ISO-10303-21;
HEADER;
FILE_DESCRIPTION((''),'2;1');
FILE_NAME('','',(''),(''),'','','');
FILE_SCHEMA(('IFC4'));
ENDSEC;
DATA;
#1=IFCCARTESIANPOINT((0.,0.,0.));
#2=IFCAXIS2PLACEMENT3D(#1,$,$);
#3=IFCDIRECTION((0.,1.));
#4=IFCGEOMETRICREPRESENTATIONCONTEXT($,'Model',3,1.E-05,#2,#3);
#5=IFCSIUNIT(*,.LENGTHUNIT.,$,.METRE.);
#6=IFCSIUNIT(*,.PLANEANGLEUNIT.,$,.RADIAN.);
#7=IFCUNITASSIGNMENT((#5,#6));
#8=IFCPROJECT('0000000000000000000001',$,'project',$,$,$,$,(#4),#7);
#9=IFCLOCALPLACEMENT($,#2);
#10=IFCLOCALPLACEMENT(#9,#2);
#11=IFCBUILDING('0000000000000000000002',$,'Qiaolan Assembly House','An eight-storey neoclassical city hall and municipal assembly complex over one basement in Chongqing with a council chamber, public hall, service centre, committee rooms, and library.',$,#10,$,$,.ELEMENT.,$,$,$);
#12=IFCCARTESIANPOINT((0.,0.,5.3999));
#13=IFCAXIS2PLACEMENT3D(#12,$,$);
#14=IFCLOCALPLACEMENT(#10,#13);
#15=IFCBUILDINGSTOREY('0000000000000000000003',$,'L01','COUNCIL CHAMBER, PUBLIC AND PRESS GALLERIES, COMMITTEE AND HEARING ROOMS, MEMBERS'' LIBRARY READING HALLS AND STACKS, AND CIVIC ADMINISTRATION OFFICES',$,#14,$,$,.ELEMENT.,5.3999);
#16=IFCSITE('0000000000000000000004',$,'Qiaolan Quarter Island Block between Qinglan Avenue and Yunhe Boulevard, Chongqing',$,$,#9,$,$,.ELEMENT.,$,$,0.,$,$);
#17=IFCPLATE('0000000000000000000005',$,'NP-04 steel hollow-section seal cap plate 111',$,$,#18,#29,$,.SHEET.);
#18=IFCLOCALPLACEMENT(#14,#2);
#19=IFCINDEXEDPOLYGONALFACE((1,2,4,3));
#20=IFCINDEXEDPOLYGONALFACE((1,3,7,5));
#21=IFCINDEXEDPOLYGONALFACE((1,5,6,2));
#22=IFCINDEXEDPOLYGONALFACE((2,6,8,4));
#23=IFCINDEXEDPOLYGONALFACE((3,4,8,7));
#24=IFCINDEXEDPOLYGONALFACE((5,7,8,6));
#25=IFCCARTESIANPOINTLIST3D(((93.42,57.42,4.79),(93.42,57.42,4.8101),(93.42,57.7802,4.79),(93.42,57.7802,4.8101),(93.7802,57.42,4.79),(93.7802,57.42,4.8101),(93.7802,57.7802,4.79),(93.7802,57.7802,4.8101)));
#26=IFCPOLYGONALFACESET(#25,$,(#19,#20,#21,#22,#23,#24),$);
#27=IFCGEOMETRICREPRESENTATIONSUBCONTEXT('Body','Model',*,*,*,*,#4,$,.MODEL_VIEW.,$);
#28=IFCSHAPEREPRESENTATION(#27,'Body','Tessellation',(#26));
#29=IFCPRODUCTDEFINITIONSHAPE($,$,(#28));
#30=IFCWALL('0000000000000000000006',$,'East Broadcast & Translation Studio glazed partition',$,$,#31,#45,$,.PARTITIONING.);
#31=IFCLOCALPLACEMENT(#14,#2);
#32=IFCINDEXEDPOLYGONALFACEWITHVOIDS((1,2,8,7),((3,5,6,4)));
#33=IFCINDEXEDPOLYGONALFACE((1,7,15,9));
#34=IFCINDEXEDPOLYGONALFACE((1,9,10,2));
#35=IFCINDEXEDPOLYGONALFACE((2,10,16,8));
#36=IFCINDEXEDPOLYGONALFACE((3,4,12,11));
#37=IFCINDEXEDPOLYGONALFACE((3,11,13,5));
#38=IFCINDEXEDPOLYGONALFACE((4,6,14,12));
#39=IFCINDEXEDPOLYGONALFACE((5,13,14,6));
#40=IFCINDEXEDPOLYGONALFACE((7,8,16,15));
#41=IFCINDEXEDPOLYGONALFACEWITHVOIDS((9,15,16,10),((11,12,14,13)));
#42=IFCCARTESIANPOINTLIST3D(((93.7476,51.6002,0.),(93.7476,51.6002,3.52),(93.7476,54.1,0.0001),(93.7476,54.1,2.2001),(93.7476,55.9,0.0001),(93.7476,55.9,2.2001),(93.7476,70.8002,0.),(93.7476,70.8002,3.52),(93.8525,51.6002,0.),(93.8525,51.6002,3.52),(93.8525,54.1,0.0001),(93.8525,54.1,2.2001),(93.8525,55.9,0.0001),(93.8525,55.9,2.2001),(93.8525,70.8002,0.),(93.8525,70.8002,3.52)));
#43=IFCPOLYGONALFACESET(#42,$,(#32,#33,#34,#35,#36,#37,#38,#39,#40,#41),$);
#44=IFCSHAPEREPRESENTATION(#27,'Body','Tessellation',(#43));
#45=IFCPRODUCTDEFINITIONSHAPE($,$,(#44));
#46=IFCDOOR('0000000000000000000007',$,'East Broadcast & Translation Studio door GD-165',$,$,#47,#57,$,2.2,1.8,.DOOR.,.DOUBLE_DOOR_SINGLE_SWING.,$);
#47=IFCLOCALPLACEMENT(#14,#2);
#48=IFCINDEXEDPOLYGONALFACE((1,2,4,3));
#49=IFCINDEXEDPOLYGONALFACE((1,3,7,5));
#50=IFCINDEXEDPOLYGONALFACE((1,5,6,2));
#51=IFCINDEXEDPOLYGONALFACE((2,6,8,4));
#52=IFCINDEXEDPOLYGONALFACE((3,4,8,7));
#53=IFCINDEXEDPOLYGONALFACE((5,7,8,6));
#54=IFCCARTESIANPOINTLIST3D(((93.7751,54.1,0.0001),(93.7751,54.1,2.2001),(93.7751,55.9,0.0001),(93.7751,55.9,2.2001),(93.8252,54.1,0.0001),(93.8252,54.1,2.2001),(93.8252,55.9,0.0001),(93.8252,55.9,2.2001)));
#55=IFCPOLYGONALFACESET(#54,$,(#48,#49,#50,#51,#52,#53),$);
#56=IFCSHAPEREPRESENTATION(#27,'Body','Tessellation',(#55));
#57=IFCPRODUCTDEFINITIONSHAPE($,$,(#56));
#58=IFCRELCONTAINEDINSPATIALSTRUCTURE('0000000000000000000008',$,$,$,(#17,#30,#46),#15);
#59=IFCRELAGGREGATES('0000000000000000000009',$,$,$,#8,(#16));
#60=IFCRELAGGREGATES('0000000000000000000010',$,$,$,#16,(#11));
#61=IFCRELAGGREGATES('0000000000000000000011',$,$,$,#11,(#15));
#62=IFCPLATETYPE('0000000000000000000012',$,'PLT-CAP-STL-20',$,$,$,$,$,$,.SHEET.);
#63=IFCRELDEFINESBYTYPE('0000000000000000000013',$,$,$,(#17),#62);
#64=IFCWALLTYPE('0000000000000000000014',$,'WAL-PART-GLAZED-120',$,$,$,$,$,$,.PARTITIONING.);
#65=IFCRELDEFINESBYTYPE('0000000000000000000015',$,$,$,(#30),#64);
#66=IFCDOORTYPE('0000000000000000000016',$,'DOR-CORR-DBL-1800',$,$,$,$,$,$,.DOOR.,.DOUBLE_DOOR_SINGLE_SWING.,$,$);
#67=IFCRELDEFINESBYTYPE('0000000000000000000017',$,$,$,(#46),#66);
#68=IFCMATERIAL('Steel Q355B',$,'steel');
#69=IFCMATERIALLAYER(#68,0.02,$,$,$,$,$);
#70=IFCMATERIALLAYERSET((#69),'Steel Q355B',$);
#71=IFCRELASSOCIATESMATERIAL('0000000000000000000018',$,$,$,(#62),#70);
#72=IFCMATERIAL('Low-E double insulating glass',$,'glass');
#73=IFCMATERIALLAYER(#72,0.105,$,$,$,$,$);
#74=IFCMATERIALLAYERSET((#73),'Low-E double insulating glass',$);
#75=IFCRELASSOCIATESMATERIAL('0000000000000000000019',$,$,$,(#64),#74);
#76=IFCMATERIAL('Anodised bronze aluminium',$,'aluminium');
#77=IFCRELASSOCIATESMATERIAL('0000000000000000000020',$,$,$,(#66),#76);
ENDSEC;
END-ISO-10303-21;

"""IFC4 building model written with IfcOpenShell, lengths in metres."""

from ifc_helpers import new_model, si_unit, direction, frame, frame_2d, origin, origin_2d, place, context, subcontext, project, spatial, rectangle, extrude, material, layer, layer_set, type_object, element, fill, save


model = new_model("IFC4")

# Units and contexts
model_context = context("Model", 3, precision=1e-05, world=origin(), true_north=direction((0.0, 1.0)))
body_context = subcontext(model_context, "Body", "Model", "MODEL_VIEW")
ifc_project = project(units=[si_unit("LENGTHUNIT", "METRE"), si_unit("PLANEANGLEUNIT", "RADIAN")], contexts=[model_context])

# Site, building, storey
site_placement = place(None, origin())
site = spatial("IfcSite", under=ifc_project, at=site_placement, Name="Qiaolan Quarter Island Block between Qinglan Avenue and Yunhe Boulevard, Chongqing", CompositionType="ELEMENT", RefElevation=0.0)
building_placement = place(site_placement, origin())
building = spatial("IfcBuilding", under=site, at=building_placement, Name="Qiaolan Assembly House", Description="An eight-storey neoclassical city hall and municipal assembly complex over one basement in Chongqing with a council chamber, public hall, service centre, committee rooms, and library.", CompositionType="ELEMENT")
storey_placement = place(building_placement, frame((0.0, 0.0, 5.3999)))
storey = spatial("IfcBuildingStorey", under=building, at=storey_placement, Name="L01", Description="COUNCIL CHAMBER, PUBLIC AND PRESS GALLERIES, COMMITTEE AND HEARING ROOMS, MEMBERS' LIBRARY READING HALLS AND STACKS, AND CIVIC ADMINISTRATION OFFICES", CompositionType="ELEMENT", Elevation=5.3999)

# Shared definitions
ifc_material_1 = material(Name="Steel Q355B", Category="steel")

# Plate
ifc_layer_1 = layer(ifc_material_1, 0.02)
ifc_layer_set_1 = layer_set([ifc_layer_1], Name="Steel Q355B")
plate_type = type_object("IfcPlateType", Name="PLT-CAP-STL-20", PredefinedType="SHEET", material=ifc_layer_set_1)
for number, where, z_axis, x_axis, name in (
    (1, (93.6001, 57.6001, 4.79), (0.0, 0.0, 1.0), (1.0, 0.0, 0.0), "NP-04 steel hollow-section seal cap plate 111"),
):
    element("IfcPlate", number, at=place(storey_placement, frame(where, z_axis=z_axis, x_axis=x_axis)), inside=storey, type_object=plate_type, Name=name, PredefinedType="SHEET", context=body_context, shape_type="SweptSolid", body=[
        extrude(rectangle(XDim=0.3601, YDim=0.3601, at=origin_2d()), origin(), (0.0, 0.0, 1.0), 0.02),
    ])

# Wall, opening, door
ifc_material_2 = material(Name="Low-E double insulating glass", Category="glass")
ifc_layer_2 = layer(ifc_material_2, 0.105)
ifc_layer_set_2 = layer_set([ifc_layer_2], Name="Low-E double insulating glass")
wall_type = type_object("IfcWallType", Name="WAL-PART-GLAZED-120", PredefinedType="PARTITIONING", material=ifc_layer_set_2)
wall_placement = place(storey_placement, frame((93.8, 51.6001, 0.0), z_axis=(0.0, 0.0, 1.0), x_axis=(0.0, 1.0, 0.0)))
wall = element("IfcWall", 2, at=wall_placement, inside=storey, type_object=wall_type, Name="East Broadcast & Translation Studio glazed partition", PredefinedType="PARTITIONING", context=body_context, shape_type="SweptSolid", body=[
    extrude(rectangle(XDim=19.2, YDim=0.105, at=frame_2d((9.6001, 0.0))), origin(), (0.0, 0.0, 1.0), 3.52),
])
opening_placement = place(wall_placement, frame((2.5, 0.0, 0.0)))
opening = element("IfcOpeningElement", 3, at=opening_placement, cuts=wall, PredefinedType="OPENING", context=body_context, shape_type="SweptSolid", body=[
    extrude(rectangle(XDim=1.8, YDim=2.2, at=frame_2d((0.8999, 1.1001))), frame((0.0, 0.0625, 0.0), z_axis=(0.0, -1.0, 0.0), x_axis=(1.0, 0.0, 0.0)), (0.0, 0.0, 1.0), 0.125),
])
ifc_material_3 = material(Name="Anodised bronze aluminium", Category="aluminium")
door_type = type_object("IfcDoorType", Name="DOR-CORR-DBL-1800", OperationType="DOUBLE_DOOR_SINGLE_SWING", PredefinedType="DOOR", material=ifc_material_3)
door_placement = place(opening_placement, origin())
door = element("IfcDoor", 4, at=door_placement, inside=storey, type_object=door_type, Name="East Broadcast & Translation Studio door GD-165", OperationType="DOUBLE_DOOR_SINGLE_SWING", OverallHeight=2.2, OverallWidth=1.8, PredefinedType="DOOR", context=body_context, shape_type="SweptSolid", body=[
    extrude(rectangle(XDim=1.8, YDim=2.2, at=frame_2d((0.8999, 1.1001))), frame((0.0, 0.0249, 0.0), z_axis=(0.0, -1.0, 0.0), x_axis=(1.0, 0.0, 0.0)), (0.0, 0.0, 1.0), 0.05),
])
fill(opening, door)

save(model, "model.ifc")
